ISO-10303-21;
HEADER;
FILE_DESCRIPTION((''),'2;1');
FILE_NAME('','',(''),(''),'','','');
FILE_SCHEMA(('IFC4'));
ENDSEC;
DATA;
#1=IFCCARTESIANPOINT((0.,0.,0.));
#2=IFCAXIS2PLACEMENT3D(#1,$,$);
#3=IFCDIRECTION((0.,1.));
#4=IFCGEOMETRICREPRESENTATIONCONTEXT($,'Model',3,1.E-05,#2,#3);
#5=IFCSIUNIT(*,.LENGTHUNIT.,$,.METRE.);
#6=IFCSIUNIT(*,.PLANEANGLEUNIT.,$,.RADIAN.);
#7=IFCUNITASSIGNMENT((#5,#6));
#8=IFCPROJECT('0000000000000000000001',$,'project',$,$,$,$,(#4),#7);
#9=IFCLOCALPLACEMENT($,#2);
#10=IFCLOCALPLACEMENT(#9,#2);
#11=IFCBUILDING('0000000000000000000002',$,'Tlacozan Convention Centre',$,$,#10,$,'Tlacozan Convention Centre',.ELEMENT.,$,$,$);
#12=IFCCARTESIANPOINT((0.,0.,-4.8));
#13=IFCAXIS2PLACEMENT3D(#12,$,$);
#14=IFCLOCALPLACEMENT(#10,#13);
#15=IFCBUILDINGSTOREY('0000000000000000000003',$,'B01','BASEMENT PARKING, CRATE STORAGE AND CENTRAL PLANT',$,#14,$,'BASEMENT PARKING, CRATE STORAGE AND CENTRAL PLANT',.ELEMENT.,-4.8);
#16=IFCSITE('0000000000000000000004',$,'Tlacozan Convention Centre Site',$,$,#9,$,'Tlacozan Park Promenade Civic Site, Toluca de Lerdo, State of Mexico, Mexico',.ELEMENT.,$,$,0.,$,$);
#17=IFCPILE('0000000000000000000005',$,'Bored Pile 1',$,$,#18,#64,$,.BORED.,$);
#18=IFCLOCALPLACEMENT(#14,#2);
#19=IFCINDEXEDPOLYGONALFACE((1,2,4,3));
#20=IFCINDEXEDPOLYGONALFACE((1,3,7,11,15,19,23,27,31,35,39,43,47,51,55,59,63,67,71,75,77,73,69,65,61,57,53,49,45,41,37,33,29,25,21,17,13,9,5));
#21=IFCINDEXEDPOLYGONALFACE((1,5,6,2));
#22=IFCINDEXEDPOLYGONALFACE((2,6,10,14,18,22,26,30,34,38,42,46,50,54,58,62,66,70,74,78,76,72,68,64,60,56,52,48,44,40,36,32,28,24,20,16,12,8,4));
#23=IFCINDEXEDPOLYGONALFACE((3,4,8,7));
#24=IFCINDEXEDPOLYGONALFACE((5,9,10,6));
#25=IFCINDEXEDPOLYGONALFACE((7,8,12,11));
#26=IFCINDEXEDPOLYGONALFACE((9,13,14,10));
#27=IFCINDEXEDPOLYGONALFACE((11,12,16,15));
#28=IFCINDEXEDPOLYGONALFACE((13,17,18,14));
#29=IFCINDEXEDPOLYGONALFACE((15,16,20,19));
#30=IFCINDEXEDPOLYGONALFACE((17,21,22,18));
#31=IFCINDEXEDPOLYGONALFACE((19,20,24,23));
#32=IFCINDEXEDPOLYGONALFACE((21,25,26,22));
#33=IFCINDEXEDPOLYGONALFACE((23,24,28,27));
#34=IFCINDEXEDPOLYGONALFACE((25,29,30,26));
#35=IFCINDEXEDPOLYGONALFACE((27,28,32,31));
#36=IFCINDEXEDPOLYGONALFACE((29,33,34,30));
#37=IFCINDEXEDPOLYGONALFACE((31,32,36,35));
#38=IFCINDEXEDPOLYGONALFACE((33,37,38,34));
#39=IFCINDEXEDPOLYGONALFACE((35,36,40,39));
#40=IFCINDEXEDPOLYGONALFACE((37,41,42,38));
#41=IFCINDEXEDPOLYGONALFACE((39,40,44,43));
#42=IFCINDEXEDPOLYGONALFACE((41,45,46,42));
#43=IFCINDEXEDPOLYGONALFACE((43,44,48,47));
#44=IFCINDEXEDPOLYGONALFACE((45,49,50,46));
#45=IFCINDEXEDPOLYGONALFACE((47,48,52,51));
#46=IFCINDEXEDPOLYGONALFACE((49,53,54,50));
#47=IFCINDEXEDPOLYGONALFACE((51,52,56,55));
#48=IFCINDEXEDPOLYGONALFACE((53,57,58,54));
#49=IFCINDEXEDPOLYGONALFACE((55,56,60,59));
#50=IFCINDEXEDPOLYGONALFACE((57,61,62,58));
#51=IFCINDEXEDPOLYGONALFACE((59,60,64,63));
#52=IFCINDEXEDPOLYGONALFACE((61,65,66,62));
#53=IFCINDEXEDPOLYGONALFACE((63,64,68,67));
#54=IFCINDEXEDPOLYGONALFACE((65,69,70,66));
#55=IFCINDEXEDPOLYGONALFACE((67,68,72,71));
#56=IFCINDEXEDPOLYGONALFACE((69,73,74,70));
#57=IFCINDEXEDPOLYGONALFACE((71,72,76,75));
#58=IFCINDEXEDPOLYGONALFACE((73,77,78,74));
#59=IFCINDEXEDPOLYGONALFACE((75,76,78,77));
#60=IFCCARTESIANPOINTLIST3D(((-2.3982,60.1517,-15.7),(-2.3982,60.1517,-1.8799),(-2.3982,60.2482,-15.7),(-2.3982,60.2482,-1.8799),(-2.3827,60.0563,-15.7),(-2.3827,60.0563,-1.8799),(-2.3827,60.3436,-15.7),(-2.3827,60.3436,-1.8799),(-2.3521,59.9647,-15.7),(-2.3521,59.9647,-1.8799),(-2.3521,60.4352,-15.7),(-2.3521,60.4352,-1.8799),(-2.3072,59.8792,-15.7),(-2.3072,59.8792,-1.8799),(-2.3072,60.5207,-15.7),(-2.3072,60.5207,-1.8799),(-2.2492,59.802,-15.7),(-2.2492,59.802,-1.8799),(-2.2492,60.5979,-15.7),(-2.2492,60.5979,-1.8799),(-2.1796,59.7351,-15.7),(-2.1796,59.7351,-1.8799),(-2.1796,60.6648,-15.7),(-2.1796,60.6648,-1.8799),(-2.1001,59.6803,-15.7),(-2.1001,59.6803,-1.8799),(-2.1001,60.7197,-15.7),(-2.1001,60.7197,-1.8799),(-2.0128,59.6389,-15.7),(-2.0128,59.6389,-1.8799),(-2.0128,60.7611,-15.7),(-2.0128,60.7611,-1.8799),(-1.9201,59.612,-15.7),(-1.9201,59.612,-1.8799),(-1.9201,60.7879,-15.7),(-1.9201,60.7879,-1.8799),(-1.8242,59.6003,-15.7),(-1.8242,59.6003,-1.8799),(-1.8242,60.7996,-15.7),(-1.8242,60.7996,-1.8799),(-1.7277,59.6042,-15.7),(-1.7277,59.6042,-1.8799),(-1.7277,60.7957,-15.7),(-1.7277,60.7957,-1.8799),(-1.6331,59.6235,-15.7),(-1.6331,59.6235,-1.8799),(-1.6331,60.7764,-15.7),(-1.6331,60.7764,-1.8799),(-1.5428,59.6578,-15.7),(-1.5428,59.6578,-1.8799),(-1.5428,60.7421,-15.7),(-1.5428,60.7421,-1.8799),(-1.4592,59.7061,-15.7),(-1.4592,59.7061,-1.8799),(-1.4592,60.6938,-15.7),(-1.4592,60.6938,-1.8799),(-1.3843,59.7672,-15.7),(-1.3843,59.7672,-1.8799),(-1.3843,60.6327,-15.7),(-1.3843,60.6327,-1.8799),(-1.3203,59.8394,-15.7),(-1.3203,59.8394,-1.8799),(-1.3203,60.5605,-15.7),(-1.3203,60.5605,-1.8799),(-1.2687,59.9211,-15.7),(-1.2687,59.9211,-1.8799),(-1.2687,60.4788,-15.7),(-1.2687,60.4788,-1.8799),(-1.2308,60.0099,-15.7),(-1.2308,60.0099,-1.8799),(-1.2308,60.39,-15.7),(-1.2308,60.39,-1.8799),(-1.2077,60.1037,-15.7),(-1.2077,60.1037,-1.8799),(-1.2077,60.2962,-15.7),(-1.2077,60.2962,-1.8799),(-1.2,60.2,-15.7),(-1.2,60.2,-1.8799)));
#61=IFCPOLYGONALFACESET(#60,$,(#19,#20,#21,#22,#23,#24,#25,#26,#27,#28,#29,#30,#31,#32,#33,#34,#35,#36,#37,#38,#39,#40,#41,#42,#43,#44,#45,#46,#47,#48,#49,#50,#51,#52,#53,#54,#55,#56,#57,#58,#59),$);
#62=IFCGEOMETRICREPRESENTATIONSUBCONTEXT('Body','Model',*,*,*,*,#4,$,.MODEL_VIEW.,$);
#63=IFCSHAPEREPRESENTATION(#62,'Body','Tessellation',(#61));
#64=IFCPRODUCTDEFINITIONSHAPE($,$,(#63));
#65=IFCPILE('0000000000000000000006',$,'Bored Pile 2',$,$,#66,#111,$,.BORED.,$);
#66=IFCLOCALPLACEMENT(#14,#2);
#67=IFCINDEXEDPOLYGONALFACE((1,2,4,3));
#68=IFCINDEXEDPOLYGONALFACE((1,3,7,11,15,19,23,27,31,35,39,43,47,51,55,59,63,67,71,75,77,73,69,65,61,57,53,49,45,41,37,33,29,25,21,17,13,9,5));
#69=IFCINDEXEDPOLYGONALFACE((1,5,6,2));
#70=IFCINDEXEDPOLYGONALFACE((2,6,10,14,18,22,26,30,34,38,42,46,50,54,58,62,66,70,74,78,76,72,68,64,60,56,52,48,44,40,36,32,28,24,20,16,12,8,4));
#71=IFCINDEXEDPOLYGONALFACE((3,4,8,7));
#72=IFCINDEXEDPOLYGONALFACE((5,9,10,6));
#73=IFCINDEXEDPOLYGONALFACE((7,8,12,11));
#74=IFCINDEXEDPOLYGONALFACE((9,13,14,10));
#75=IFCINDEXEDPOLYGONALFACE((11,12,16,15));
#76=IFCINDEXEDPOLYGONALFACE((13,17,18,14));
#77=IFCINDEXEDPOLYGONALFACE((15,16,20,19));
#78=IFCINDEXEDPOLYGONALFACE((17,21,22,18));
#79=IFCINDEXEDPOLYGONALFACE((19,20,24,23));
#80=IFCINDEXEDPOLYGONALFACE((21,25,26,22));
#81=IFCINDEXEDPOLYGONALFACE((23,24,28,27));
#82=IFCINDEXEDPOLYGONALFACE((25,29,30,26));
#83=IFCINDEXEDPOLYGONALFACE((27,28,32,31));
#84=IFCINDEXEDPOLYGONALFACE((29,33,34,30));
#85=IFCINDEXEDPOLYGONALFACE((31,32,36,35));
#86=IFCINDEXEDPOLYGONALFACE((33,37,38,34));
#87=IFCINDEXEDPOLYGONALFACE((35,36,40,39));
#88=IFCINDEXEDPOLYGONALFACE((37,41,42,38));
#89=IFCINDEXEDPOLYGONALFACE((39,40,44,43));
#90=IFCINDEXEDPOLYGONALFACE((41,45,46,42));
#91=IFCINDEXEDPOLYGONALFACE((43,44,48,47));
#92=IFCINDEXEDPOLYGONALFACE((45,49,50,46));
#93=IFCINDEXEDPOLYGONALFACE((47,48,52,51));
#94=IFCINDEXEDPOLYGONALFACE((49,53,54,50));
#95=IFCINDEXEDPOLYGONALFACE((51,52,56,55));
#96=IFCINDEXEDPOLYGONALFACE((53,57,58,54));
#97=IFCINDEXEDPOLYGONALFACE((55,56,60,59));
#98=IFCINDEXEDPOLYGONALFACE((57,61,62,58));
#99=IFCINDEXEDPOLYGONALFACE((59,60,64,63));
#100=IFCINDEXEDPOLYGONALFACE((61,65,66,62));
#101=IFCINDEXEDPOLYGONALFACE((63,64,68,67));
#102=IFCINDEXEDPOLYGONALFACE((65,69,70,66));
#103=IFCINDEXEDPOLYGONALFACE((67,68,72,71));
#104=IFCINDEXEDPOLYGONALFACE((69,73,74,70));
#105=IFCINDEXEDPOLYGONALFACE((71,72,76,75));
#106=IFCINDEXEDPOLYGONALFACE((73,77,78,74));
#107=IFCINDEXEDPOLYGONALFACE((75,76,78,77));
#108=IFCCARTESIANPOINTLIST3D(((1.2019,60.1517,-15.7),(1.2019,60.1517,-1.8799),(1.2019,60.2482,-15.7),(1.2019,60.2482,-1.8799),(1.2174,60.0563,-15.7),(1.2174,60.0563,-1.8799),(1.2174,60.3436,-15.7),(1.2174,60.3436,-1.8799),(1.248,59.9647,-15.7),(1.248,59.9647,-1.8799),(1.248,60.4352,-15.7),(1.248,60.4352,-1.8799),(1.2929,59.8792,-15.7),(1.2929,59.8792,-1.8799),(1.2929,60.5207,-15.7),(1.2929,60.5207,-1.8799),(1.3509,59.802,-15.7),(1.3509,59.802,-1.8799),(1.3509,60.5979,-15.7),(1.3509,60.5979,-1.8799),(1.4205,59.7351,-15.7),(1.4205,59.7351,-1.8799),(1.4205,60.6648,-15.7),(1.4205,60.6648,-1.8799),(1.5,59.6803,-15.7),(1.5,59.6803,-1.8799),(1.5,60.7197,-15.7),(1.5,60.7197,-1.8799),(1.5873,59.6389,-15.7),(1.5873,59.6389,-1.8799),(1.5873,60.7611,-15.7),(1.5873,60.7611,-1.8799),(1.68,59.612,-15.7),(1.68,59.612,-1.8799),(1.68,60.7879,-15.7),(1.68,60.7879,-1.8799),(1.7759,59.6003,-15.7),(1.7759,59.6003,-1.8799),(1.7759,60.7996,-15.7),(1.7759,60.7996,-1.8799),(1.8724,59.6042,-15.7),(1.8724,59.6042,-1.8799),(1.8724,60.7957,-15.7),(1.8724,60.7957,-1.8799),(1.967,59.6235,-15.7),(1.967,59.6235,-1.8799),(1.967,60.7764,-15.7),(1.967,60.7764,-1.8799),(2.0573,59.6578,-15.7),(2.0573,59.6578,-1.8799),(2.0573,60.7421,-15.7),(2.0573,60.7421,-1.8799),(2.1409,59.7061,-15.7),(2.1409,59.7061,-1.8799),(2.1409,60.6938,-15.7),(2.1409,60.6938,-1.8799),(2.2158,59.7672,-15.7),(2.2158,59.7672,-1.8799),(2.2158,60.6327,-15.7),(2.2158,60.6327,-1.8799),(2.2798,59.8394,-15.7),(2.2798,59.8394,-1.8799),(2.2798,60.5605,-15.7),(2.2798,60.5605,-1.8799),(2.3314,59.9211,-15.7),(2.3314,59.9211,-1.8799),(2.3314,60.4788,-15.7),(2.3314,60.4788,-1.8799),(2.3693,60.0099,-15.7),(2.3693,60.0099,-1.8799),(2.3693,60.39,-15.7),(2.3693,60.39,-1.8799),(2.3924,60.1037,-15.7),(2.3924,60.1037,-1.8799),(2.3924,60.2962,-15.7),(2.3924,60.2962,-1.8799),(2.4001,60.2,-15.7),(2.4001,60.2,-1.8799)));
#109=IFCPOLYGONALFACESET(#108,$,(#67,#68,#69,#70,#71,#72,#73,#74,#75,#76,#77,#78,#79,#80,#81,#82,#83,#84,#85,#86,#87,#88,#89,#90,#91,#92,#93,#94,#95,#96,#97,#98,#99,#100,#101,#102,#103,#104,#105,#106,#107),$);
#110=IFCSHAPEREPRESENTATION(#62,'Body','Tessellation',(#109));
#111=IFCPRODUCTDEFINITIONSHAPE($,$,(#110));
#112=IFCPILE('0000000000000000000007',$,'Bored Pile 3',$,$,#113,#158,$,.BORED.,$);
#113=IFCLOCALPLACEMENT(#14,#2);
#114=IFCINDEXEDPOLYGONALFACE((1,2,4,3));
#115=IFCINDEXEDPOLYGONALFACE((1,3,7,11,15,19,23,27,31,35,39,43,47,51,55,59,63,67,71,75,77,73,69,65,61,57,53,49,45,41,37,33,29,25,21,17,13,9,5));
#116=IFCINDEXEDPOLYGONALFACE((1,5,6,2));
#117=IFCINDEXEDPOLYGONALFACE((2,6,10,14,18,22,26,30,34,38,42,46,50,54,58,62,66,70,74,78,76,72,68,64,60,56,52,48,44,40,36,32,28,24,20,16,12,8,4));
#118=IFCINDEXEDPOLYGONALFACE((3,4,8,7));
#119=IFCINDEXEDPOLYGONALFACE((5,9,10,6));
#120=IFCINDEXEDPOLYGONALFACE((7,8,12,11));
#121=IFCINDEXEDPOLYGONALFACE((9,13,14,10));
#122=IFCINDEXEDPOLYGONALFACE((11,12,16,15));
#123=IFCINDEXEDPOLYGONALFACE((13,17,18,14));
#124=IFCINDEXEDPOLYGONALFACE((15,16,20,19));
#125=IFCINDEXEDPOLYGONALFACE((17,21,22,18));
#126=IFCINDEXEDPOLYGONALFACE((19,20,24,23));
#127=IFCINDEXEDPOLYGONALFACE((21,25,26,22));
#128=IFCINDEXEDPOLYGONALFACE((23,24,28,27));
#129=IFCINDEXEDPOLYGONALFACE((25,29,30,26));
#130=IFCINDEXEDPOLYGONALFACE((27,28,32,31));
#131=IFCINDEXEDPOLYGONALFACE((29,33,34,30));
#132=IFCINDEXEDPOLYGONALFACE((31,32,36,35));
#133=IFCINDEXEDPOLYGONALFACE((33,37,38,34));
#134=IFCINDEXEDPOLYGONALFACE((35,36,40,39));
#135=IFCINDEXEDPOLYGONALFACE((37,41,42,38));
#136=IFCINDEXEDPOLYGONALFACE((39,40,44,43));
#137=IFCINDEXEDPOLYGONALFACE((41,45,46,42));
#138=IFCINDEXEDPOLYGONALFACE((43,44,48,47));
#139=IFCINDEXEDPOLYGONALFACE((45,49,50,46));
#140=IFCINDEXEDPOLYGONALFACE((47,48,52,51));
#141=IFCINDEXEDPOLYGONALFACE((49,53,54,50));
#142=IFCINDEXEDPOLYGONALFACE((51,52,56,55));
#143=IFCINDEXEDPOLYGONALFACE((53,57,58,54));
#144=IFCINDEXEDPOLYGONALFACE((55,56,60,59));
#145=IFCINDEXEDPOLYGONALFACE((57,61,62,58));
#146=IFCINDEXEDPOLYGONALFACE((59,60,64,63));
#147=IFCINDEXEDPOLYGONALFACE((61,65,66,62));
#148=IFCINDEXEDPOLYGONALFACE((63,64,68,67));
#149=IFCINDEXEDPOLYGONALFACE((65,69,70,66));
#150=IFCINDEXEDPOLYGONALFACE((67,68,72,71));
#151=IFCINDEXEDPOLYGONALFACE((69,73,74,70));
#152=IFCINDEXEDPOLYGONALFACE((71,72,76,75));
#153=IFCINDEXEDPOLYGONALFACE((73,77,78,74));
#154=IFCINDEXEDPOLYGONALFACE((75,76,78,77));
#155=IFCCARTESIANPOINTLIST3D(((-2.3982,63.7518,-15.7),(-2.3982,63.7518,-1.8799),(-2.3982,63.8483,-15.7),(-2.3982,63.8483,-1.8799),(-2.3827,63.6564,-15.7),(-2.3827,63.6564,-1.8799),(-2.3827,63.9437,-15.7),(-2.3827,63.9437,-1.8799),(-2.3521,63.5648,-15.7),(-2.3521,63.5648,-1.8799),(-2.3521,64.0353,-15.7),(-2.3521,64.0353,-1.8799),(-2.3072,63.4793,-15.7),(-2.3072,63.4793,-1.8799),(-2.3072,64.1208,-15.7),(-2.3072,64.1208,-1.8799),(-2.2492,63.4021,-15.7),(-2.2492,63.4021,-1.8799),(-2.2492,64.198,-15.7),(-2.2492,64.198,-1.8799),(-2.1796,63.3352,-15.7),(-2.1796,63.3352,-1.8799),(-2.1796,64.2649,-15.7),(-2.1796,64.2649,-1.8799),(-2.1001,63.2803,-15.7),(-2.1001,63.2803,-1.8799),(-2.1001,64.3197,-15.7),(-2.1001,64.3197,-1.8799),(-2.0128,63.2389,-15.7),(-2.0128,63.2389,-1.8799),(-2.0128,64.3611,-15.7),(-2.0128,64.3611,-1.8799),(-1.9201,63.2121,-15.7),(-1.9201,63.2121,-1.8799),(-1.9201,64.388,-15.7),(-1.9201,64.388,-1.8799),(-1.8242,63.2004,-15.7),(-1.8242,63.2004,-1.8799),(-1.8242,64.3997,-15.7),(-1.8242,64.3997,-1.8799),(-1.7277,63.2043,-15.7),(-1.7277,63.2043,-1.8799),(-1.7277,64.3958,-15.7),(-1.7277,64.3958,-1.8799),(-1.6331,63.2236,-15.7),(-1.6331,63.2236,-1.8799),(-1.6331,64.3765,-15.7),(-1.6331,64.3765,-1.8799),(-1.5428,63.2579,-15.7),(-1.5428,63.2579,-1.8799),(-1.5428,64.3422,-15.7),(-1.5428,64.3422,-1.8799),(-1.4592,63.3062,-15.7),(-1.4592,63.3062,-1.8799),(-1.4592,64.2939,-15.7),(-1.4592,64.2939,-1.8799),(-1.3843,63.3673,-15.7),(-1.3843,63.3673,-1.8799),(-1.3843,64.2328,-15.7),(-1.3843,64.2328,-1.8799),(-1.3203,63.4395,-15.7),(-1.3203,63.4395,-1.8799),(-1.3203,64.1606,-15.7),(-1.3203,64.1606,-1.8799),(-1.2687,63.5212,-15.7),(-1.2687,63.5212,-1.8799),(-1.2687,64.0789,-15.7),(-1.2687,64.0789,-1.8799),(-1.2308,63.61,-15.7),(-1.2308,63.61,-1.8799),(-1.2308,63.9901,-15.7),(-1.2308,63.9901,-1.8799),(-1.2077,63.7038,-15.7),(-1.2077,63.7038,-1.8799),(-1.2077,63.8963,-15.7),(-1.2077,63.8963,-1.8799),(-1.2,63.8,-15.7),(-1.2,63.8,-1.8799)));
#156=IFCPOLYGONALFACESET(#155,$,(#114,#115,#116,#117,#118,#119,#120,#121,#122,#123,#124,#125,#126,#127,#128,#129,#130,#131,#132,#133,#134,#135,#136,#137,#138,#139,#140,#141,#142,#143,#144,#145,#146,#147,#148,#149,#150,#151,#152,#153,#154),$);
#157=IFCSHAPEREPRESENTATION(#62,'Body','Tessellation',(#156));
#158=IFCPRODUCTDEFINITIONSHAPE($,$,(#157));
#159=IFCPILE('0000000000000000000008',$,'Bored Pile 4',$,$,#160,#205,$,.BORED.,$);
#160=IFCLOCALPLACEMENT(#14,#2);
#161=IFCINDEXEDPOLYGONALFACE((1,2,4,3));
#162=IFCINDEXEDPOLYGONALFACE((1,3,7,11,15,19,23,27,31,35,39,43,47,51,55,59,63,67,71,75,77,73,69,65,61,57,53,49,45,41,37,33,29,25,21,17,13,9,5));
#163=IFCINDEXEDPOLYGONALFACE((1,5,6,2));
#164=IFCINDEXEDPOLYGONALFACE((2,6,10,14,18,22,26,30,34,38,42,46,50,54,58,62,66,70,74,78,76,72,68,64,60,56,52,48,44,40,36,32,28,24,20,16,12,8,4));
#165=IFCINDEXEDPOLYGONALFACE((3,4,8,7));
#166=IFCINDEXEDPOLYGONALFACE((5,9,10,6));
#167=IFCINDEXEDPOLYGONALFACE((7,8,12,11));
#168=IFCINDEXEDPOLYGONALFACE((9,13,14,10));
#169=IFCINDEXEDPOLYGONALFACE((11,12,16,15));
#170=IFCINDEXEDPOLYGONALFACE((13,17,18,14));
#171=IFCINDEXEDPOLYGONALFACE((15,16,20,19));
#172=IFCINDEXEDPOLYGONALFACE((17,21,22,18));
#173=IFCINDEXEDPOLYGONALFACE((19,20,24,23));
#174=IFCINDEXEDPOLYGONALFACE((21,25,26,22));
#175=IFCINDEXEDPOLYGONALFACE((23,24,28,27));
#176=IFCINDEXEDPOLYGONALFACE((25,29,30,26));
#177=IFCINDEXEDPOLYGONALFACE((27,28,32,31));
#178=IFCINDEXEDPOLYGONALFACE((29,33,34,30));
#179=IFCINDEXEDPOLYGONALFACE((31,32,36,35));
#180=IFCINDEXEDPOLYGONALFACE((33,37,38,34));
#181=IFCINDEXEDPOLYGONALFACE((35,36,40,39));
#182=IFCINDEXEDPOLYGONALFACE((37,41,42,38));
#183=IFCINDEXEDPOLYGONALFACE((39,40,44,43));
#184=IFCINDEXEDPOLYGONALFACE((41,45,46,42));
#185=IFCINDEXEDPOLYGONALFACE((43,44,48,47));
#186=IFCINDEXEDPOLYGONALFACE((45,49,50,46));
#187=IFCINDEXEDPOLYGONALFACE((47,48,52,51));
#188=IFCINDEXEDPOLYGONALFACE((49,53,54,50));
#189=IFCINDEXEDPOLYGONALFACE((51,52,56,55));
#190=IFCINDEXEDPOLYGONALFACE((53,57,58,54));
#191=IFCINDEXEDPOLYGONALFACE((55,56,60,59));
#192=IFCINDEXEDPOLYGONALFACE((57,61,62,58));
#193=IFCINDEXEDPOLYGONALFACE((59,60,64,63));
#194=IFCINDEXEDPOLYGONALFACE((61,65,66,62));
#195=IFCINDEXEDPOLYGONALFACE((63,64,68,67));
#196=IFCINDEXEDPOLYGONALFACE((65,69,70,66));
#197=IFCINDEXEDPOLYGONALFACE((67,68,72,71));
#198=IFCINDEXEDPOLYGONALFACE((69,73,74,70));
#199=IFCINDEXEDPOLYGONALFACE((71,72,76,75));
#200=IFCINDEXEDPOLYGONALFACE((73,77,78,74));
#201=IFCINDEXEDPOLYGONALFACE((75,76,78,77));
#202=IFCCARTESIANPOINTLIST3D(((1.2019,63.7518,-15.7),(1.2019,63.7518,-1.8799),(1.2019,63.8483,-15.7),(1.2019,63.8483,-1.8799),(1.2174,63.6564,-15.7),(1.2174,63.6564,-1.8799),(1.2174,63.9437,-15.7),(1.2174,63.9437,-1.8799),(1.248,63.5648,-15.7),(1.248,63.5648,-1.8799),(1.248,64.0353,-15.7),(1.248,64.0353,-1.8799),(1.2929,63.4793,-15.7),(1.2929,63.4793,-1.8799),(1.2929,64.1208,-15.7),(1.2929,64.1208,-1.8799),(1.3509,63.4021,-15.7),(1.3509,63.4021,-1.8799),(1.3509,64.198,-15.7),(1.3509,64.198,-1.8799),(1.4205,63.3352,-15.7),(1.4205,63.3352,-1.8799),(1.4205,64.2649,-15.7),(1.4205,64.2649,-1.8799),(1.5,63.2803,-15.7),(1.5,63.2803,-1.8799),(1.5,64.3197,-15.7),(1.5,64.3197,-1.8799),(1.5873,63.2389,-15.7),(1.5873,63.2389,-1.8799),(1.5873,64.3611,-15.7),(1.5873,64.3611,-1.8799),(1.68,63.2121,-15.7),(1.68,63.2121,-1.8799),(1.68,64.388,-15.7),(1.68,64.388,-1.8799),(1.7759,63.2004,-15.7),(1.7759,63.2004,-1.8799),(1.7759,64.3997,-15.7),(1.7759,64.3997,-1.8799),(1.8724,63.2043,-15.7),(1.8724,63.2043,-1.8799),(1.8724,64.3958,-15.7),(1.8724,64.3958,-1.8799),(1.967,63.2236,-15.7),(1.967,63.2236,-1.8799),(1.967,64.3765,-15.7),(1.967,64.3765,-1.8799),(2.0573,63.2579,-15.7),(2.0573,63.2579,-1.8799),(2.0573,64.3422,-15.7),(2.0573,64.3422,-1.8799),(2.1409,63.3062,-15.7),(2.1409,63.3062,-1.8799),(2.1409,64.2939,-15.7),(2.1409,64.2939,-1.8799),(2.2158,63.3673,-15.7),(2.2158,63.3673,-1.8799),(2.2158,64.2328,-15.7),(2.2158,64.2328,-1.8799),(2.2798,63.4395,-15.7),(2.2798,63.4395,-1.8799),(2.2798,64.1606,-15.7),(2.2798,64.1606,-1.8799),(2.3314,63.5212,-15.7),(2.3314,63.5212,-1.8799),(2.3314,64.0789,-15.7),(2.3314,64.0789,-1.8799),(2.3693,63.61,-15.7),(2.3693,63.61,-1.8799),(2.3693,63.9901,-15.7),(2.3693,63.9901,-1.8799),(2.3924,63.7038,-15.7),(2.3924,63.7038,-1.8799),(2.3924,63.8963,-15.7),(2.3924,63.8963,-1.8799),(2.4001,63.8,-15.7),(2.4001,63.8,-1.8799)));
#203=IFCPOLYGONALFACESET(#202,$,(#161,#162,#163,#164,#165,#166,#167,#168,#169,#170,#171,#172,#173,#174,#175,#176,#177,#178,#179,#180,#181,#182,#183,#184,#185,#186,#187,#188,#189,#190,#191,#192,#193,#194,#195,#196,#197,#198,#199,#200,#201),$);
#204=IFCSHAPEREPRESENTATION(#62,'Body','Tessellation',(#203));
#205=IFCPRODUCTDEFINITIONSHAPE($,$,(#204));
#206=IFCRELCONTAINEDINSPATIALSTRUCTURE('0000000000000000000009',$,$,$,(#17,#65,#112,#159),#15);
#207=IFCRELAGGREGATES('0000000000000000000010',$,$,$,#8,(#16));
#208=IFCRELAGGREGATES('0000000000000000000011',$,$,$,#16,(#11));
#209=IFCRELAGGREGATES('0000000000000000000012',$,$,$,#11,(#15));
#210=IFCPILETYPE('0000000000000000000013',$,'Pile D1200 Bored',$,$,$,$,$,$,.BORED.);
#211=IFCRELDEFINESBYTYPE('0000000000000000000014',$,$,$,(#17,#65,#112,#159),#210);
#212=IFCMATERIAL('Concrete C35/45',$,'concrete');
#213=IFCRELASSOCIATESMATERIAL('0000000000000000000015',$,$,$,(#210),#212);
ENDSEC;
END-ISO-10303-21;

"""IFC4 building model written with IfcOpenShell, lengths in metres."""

from ifc_helpers import new_model, si_unit, direction, frame, origin, origin_2d, place, context, subcontext, project, spatial, circle, extrude, material, material_profile, profile_set, type_object, element, save


model = new_model("IFC4")

# Units and contexts
model_context = context("Model", 3, precision=1e-05, world=origin(), true_north=direction((0.0, 1.0)))
body_context = subcontext(model_context, "Body", "Model", "MODEL_VIEW")
ifc_project = project(units=[si_unit("LENGTHUNIT", "METRE"), si_unit("PLANEANGLEUNIT", "RADIAN")], contexts=[model_context])

# Site, building, storey
site_placement = place(None, origin())
site = spatial("IfcSite", under=ifc_project, at=site_placement, Name="Tlacozan Convention Centre Site", LongName="Tlacozan Park Promenade Civic Site, Toluca de Lerdo, State of Mexico, Mexico", CompositionType="ELEMENT", RefElevation=0.0)
building_placement = place(site_placement, origin())
building = spatial("IfcBuilding", under=site, at=building_placement, Name="Tlacozan Convention Centre", LongName="Tlacozan Convention Centre", CompositionType="ELEMENT")
storey_placement = place(building_placement, frame((0.0, 0.0, -4.8)))
storey = spatial("IfcBuildingStorey", under=building, at=storey_placement, Name="B01", Description="BASEMENT PARKING, CRATE STORAGE AND CENTRAL PLANT", LongName="BASEMENT PARKING, CRATE STORAGE AND CENTRAL PLANT", CompositionType="ELEMENT", Elevation=-4.8)

# Shared definitions
ifc_material_1 = material(Name="Concrete C35/45", Category="concrete")

# Piles
ifc_material_profile_1 = material_profile(ifc_material_1, circle(Radius=0.6001, at=origin_2d()), Name="PILE D1200")
ifc_profile_set_1 = profile_set([ifc_material_profile_1], Name="Concrete C35/45")
pile_type_1 = type_object("IfcPileType", Name="Pile D1200 Bored", PredefinedType="BORED", material=ifc_profile_set_1)
for number, where, z_axis, x_axis, name in (
    (1, (-1.8, 60.2, -1.8799), (0.0, 0.0, -1.0), (1.0, 0.0, 0.0), "Bored Pile 1"),
    (2, (1.8, 60.2, -1.8799), (0.0, 0.0, -1.0), (1.0, 0.0, 0.0), "Bored Pile 2"),
    (3, (-1.8, 63.8, -1.8799), (0.0, 0.0, -1.0), (1.0, 0.0, 0.0), "Bored Pile 3"),
    (4, (1.8, 63.8, -1.8799), (0.0, 0.0, -1.0), (1.0, 0.0, 0.0), "Bored Pile 4"),
):
    element("IfcPile", number, at=place(storey_placement, frame(where, z_axis=z_axis, x_axis=x_axis)), inside=storey, type_object=pile_type_1, Name=name, PredefinedType="BORED", context=body_context, shape_type="SweptSolid", body=[
        extrude(circle(Radius=0.6001, at=origin_2d()), origin(), (0.0, 0.0, 1.0), 13.8201),
    ])

save(model, "model.ifc")
